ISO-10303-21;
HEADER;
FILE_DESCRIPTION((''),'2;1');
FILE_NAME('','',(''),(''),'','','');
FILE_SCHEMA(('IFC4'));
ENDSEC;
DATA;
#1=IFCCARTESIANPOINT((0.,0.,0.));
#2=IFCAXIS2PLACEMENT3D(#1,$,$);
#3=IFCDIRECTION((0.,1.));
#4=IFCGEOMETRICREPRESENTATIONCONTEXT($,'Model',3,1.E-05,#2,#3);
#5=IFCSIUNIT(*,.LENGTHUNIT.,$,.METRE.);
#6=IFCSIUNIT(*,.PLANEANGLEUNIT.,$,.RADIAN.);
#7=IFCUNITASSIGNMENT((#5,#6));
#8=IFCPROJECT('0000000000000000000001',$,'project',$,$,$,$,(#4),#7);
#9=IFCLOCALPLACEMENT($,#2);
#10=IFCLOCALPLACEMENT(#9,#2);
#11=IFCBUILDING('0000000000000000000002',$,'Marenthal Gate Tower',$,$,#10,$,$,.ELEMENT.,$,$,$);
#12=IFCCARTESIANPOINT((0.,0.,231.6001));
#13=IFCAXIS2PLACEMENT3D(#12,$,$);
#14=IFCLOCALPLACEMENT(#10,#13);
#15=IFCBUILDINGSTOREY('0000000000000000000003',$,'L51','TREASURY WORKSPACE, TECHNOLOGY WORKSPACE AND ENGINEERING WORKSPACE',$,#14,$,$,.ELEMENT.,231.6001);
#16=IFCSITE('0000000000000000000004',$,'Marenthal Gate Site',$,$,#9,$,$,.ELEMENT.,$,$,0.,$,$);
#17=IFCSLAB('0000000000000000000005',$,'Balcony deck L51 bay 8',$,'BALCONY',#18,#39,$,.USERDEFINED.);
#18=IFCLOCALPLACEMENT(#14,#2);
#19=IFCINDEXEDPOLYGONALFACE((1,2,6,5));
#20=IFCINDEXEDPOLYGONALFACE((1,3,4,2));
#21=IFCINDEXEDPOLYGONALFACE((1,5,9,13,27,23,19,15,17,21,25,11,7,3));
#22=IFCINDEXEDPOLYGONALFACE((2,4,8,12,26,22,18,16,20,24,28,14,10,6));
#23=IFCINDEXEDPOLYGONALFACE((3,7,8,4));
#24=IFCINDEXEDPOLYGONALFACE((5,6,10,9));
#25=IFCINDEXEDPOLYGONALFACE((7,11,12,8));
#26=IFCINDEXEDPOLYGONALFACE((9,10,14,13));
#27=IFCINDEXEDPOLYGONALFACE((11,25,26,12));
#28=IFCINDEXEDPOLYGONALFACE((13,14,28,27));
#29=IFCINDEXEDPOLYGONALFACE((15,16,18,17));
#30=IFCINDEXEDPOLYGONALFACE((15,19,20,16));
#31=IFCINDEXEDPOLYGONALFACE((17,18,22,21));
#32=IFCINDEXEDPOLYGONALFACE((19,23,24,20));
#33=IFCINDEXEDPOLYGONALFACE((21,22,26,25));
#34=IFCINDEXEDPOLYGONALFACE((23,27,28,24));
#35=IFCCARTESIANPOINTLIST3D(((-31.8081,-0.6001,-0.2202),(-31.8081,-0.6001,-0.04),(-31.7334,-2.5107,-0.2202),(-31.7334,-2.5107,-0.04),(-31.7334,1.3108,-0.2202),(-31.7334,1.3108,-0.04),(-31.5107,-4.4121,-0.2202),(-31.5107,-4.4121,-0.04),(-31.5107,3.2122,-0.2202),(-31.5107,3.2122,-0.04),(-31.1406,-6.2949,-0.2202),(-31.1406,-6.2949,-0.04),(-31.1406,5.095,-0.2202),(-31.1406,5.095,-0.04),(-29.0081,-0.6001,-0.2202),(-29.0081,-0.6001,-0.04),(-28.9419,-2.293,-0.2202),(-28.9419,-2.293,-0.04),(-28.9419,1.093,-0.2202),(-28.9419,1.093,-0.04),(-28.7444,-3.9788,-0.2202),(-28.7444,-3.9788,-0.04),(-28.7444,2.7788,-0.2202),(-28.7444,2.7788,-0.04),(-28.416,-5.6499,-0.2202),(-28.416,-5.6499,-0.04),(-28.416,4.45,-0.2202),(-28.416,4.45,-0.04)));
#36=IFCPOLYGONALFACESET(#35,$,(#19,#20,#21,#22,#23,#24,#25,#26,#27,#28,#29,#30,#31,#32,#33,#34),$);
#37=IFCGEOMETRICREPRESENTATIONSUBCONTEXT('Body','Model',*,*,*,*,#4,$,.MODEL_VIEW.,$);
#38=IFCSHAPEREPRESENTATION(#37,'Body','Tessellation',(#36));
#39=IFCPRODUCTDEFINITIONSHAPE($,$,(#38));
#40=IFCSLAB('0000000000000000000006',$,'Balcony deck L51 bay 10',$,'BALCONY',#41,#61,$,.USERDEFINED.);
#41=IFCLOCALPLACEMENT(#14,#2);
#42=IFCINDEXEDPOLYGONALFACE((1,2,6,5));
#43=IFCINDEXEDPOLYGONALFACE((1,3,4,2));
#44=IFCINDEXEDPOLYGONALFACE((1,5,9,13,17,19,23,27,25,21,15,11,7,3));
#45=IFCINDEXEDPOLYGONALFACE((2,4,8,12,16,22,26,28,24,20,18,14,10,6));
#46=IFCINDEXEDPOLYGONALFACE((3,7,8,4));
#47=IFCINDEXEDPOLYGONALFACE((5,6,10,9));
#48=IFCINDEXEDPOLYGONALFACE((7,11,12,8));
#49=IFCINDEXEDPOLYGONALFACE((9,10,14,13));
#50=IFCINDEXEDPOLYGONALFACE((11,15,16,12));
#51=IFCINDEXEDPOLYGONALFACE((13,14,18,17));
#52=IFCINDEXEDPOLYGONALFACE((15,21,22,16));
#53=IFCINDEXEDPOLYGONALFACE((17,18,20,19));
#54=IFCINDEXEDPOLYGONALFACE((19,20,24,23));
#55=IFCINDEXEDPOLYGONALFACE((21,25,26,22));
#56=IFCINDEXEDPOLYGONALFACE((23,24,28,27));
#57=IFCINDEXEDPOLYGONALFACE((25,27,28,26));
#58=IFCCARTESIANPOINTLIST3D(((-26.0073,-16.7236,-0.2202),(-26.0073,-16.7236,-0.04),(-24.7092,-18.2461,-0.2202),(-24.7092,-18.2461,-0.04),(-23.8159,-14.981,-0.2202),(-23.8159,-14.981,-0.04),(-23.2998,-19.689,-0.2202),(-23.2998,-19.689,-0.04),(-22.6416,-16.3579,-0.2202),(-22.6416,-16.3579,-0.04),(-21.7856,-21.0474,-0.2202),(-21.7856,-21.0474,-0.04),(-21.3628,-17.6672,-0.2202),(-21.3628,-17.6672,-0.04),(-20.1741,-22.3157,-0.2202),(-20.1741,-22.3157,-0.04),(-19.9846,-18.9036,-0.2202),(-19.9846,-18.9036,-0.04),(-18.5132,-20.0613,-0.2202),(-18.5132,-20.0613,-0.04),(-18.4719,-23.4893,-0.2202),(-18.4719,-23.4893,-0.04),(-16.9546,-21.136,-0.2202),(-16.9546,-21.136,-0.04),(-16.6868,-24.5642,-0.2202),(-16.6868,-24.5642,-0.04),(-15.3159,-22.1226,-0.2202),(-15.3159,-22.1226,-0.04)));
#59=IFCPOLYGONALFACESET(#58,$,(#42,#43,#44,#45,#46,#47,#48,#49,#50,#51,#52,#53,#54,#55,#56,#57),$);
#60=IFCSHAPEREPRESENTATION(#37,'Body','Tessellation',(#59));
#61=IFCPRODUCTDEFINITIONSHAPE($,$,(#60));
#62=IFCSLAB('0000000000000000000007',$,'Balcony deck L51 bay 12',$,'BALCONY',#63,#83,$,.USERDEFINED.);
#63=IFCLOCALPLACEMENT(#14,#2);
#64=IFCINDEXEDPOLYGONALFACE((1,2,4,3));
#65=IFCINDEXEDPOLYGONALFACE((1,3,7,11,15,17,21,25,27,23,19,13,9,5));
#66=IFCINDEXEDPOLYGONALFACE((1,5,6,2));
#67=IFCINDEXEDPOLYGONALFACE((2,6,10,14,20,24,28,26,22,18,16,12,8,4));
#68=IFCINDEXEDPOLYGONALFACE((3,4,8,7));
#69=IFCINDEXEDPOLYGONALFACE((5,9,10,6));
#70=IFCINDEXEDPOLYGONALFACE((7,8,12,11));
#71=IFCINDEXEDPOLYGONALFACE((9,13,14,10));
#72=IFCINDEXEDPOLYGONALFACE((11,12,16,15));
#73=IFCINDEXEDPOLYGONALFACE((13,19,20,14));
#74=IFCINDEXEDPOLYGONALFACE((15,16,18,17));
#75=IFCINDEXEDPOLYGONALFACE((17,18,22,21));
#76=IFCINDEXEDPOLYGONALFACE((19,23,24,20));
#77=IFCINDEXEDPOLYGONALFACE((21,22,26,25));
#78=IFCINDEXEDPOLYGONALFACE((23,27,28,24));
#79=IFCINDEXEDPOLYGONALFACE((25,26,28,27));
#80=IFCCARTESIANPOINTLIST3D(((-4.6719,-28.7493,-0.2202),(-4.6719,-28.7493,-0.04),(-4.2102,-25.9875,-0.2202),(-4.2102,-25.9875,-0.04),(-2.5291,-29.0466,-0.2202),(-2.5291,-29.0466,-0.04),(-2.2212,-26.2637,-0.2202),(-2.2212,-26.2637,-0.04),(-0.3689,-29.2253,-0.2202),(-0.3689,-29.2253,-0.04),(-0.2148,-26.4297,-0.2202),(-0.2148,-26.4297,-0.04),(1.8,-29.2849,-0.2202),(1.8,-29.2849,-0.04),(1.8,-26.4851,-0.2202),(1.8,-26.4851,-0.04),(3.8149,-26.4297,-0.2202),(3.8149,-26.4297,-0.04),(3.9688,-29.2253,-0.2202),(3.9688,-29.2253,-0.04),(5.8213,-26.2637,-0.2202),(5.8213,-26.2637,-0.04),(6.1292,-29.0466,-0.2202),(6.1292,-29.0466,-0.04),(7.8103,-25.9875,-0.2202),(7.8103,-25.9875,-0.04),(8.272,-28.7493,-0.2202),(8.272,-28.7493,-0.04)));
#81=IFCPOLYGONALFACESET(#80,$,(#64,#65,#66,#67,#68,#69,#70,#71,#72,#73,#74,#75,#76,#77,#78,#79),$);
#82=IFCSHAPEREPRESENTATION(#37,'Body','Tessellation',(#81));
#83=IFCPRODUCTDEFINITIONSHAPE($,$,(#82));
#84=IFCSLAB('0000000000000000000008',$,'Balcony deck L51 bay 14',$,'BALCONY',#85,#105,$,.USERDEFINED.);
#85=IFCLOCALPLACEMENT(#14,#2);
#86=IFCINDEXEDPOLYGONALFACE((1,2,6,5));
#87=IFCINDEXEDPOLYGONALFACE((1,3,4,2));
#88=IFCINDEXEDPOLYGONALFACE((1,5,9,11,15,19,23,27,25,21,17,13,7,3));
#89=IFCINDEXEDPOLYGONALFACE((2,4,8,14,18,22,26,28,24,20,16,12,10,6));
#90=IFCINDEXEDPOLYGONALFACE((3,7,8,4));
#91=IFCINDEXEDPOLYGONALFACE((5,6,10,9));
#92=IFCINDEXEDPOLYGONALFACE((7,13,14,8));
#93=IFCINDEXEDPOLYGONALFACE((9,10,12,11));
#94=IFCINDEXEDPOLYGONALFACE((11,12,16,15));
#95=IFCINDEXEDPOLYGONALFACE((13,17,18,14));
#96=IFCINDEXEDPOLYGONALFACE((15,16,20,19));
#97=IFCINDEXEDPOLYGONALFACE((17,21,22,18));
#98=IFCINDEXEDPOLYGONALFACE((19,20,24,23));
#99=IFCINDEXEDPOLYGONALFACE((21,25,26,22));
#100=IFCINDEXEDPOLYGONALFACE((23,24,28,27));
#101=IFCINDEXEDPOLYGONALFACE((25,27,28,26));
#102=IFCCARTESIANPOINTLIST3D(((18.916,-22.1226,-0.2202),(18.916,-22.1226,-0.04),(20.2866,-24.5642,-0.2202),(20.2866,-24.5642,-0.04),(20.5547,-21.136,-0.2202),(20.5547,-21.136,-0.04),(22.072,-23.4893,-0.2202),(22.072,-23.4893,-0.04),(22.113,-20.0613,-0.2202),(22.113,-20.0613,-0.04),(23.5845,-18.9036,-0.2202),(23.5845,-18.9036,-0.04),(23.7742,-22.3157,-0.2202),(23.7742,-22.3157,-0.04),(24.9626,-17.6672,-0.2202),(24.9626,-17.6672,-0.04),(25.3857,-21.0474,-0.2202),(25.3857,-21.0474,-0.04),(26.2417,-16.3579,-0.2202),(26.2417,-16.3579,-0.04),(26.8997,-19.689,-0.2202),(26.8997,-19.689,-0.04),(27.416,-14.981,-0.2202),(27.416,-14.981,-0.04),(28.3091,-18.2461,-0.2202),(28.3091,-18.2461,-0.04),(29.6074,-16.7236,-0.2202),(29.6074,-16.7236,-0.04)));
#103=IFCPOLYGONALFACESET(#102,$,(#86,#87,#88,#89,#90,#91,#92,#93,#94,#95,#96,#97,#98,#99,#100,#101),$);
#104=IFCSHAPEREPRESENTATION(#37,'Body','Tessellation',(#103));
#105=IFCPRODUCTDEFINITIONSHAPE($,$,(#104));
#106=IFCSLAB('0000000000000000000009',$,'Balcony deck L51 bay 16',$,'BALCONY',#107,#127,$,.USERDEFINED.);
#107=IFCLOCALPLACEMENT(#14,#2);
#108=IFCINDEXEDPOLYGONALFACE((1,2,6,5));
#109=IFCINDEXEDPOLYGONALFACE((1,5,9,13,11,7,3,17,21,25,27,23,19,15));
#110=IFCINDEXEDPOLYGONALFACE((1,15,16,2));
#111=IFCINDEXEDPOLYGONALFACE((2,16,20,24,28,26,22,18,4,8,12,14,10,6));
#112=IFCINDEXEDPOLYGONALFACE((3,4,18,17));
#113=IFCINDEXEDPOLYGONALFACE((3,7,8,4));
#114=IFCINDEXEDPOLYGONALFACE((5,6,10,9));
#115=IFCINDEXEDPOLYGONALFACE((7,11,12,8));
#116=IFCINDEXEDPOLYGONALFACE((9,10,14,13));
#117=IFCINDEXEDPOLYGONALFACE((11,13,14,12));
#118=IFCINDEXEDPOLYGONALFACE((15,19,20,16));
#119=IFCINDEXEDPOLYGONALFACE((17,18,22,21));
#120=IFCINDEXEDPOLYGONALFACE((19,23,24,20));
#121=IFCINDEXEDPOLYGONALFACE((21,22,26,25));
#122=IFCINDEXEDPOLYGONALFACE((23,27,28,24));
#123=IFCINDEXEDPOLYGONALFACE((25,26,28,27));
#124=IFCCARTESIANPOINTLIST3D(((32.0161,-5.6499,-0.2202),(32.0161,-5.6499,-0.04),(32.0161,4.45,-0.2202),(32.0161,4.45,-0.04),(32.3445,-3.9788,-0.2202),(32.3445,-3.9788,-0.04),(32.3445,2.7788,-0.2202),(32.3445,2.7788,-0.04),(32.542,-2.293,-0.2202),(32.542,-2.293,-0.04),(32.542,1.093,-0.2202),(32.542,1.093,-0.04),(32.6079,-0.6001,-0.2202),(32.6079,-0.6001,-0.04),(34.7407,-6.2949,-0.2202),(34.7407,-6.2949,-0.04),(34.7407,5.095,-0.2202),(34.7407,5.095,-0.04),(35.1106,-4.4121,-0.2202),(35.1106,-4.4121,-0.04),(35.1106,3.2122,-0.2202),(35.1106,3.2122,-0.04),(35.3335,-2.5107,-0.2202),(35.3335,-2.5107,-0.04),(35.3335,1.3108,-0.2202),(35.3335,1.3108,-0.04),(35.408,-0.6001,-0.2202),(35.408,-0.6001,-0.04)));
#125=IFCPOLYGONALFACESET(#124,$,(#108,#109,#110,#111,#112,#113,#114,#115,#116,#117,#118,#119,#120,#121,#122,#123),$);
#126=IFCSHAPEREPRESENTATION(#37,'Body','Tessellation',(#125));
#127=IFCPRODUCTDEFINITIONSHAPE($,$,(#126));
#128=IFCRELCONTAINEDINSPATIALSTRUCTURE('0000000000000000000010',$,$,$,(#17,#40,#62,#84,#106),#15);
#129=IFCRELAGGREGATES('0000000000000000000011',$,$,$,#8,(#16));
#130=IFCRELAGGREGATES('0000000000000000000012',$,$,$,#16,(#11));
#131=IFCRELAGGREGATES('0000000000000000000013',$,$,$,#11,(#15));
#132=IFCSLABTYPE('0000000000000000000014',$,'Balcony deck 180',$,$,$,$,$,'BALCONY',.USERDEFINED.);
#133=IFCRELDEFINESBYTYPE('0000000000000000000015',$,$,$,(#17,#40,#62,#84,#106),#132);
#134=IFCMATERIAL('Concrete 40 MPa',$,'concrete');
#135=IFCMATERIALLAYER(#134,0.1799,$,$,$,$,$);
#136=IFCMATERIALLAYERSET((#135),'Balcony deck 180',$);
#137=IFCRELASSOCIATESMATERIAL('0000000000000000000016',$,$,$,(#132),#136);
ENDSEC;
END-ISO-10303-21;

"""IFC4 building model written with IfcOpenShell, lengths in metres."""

from ifc_helpers import new_model, si_unit, direction, frame, origin, place, context, subcontext, project, spatial, polyline, outline, extrude, material, layer, layer_set, type_object, element, save


model = new_model("IFC4")

# Units and contexts
model_context = context("Model", 3, precision=1e-05, world=origin(), true_north=direction((0.0, 1.0)))
body_context = subcontext(model_context, "Body", "Model", "MODEL_VIEW")
ifc_project = project(units=[si_unit("LENGTHUNIT", "METRE"), si_unit("PLANEANGLEUNIT", "RADIAN")], contexts=[model_context])

# Site, building, storey
site_placement = place(None, origin())
site = spatial("IfcSite", under=ifc_project, at=site_placement, Name="Marenthal Gate Site", CompositionType="ELEMENT", RefElevation=0.0)
building_placement = place(site_placement, origin())
building = spatial("IfcBuilding", under=site, at=building_placement, Name="Marenthal Gate Tower", CompositionType="ELEMENT")
storey_placement = place(building_placement, frame((0.0, 0.0, 231.6001)))
storey = spatial("IfcBuildingStorey", under=building, at=storey_placement, Name="L51", Description="TREASURY WORKSPACE, TECHNOLOGY WORKSPACE AND ENGINEERING WORKSPACE", CompositionType="ELEMENT", Elevation=231.6001)

# Slabs
ifc_material_1 = material(Name="Concrete 40 MPa", Category="concrete")
ifc_layer_1 = layer(ifc_material_1, 0.1799)
ifc_layer_set_1 = layer_set([ifc_layer_1], Name="Balcony deck 180")
slab_type_1 = type_object("IfcSlabType", Name="Balcony deck 180", ElementType="BALCONY", PredefinedType="USERDEFINED", material=ifc_layer_set_1)
slab_1_placement = place(storey_placement, frame((0.0, 0.0, -0.2202)))
element("IfcSlab", 1, at=slab_1_placement, inside=storey, type_object=slab_type_1, Name="Balcony deck L51 bay 8", ObjectType="BALCONY", PredefinedType="USERDEFINED", context=body_context, shape_type="SweptSolid", body=[
    extrude(outline(polyline([(-28.416, 4.45), (-28.7444, 2.7788), (-28.9419, 1.093), (-29.0081, -0.6001), (-28.9419, -2.293), (-28.7444, -3.9788), (-28.416, -5.6499), (-31.1406, -6.2949), (-31.5107, -4.4121), (-31.7334, -2.5107), (-31.8081, -0.6001), (-31.7334, 1.3108), (-31.5107, 3.2122), (-31.1406, 5.095), (-28.416, 4.45)])), origin(), (0.0, 0.0, 1.0), 0.1802),
])
slab_2_placement = place(storey_placement, frame((0.0, 0.0, -0.2202)))
element("IfcSlab", 2, at=slab_2_placement, inside=storey, type_object=slab_type_1, Name="Balcony deck L51 bay 10", ObjectType="BALCONY", PredefinedType="USERDEFINED", context=body_context, shape_type="SweptSolid", body=[
    extrude(outline(polyline([(-23.8159, -14.981), (-22.6416, -16.3579), (-21.3628, -17.6672), (-19.9846, -18.9036), (-18.5132, -20.0613), (-16.9546, -21.136), (-15.3159, -22.1226), (-16.6868, -24.5642), (-18.4719, -23.4893), (-20.1741, -22.3157), (-21.7856, -21.0474), (-23.2998, -19.689), (-24.7092, -18.2461), (-26.0073, -16.7236), (-23.8159, -14.981)])), origin(), (0.0, 0.0, 1.0), 0.1802),
])
slab_3_placement = place(storey_placement, frame((0.0, 0.0, -0.2202)))
element("IfcSlab", 3, at=slab_3_placement, inside=storey, type_object=slab_type_1, Name="Balcony deck L51 bay 12", ObjectType="BALCONY", PredefinedType="USERDEFINED", context=body_context, shape_type="SweptSolid", body=[
    extrude(outline(polyline([(-4.2102, -25.9875), (-2.2212, -26.2637), (-0.2148, -26.4297), (1.8, -26.4851), (3.8149, -26.4297), (5.8213, -26.2637), (7.8103, -25.9875), (8.272, -28.7493), (6.1292, -29.0466), (3.9688, -29.2253), (1.8, -29.2849), (-0.3689, -29.2253), (-2.5291, -29.0466), (-4.6719, -28.7493), (-4.2102, -25.9875)])), origin(), (0.0, 0.0, 1.0), 0.1802),
])
slab_4_placement = place(storey_placement, frame((0.0, 0.0, -0.2202)))
element("IfcSlab", 4, at=slab_4_placement, inside=storey, type_object=slab_type_1, Name="Balcony deck L51 bay 14", ObjectType="BALCONY", PredefinedType="USERDEFINED", context=body_context, shape_type="SweptSolid", body=[
    extrude(outline(polyline([(18.916, -22.1226), (20.5547, -21.136), (22.113, -20.0613), (23.5845, -18.9036), (24.9626, -17.6672), (26.2417, -16.3579), (27.416, -14.981), (29.6074, -16.7236), (28.3091, -18.2461), (26.8997, -19.689), (25.3857, -21.0474), (23.7742, -22.3157), (22.072, -23.4893), (20.2866, -24.5642), (18.916, -22.1226)])), origin(), (0.0, 0.0, 1.0), 0.1802),
])
slab_5_placement = place(storey_placement, frame((0.0, 0.0, -0.2202)))
element("IfcSlab", 5, at=slab_5_placement, inside=storey, type_object=slab_type_1, Name="Balcony deck L51 bay 16", ObjectType="BALCONY", PredefinedType="USERDEFINED", context=body_context, shape_type="SweptSolid", body=[
    extrude(outline(polyline([(32.0161, -5.6499), (32.3445, -3.9788), (32.542, -2.293), (32.6079, -0.6001), (32.542, 1.093), (32.3445, 2.7788), (32.0161, 4.45), (34.7407, 5.095), (35.1106, 3.2122), (35.3335, 1.3108), (35.408, -0.6001), (35.3335, -2.5107), (35.1106, -4.4121), (34.7407, -6.2949), (32.0161, -5.6499)])), origin(), (0.0, 0.0, 1.0), 0.1802),
])

save(model, "model.ifc")
